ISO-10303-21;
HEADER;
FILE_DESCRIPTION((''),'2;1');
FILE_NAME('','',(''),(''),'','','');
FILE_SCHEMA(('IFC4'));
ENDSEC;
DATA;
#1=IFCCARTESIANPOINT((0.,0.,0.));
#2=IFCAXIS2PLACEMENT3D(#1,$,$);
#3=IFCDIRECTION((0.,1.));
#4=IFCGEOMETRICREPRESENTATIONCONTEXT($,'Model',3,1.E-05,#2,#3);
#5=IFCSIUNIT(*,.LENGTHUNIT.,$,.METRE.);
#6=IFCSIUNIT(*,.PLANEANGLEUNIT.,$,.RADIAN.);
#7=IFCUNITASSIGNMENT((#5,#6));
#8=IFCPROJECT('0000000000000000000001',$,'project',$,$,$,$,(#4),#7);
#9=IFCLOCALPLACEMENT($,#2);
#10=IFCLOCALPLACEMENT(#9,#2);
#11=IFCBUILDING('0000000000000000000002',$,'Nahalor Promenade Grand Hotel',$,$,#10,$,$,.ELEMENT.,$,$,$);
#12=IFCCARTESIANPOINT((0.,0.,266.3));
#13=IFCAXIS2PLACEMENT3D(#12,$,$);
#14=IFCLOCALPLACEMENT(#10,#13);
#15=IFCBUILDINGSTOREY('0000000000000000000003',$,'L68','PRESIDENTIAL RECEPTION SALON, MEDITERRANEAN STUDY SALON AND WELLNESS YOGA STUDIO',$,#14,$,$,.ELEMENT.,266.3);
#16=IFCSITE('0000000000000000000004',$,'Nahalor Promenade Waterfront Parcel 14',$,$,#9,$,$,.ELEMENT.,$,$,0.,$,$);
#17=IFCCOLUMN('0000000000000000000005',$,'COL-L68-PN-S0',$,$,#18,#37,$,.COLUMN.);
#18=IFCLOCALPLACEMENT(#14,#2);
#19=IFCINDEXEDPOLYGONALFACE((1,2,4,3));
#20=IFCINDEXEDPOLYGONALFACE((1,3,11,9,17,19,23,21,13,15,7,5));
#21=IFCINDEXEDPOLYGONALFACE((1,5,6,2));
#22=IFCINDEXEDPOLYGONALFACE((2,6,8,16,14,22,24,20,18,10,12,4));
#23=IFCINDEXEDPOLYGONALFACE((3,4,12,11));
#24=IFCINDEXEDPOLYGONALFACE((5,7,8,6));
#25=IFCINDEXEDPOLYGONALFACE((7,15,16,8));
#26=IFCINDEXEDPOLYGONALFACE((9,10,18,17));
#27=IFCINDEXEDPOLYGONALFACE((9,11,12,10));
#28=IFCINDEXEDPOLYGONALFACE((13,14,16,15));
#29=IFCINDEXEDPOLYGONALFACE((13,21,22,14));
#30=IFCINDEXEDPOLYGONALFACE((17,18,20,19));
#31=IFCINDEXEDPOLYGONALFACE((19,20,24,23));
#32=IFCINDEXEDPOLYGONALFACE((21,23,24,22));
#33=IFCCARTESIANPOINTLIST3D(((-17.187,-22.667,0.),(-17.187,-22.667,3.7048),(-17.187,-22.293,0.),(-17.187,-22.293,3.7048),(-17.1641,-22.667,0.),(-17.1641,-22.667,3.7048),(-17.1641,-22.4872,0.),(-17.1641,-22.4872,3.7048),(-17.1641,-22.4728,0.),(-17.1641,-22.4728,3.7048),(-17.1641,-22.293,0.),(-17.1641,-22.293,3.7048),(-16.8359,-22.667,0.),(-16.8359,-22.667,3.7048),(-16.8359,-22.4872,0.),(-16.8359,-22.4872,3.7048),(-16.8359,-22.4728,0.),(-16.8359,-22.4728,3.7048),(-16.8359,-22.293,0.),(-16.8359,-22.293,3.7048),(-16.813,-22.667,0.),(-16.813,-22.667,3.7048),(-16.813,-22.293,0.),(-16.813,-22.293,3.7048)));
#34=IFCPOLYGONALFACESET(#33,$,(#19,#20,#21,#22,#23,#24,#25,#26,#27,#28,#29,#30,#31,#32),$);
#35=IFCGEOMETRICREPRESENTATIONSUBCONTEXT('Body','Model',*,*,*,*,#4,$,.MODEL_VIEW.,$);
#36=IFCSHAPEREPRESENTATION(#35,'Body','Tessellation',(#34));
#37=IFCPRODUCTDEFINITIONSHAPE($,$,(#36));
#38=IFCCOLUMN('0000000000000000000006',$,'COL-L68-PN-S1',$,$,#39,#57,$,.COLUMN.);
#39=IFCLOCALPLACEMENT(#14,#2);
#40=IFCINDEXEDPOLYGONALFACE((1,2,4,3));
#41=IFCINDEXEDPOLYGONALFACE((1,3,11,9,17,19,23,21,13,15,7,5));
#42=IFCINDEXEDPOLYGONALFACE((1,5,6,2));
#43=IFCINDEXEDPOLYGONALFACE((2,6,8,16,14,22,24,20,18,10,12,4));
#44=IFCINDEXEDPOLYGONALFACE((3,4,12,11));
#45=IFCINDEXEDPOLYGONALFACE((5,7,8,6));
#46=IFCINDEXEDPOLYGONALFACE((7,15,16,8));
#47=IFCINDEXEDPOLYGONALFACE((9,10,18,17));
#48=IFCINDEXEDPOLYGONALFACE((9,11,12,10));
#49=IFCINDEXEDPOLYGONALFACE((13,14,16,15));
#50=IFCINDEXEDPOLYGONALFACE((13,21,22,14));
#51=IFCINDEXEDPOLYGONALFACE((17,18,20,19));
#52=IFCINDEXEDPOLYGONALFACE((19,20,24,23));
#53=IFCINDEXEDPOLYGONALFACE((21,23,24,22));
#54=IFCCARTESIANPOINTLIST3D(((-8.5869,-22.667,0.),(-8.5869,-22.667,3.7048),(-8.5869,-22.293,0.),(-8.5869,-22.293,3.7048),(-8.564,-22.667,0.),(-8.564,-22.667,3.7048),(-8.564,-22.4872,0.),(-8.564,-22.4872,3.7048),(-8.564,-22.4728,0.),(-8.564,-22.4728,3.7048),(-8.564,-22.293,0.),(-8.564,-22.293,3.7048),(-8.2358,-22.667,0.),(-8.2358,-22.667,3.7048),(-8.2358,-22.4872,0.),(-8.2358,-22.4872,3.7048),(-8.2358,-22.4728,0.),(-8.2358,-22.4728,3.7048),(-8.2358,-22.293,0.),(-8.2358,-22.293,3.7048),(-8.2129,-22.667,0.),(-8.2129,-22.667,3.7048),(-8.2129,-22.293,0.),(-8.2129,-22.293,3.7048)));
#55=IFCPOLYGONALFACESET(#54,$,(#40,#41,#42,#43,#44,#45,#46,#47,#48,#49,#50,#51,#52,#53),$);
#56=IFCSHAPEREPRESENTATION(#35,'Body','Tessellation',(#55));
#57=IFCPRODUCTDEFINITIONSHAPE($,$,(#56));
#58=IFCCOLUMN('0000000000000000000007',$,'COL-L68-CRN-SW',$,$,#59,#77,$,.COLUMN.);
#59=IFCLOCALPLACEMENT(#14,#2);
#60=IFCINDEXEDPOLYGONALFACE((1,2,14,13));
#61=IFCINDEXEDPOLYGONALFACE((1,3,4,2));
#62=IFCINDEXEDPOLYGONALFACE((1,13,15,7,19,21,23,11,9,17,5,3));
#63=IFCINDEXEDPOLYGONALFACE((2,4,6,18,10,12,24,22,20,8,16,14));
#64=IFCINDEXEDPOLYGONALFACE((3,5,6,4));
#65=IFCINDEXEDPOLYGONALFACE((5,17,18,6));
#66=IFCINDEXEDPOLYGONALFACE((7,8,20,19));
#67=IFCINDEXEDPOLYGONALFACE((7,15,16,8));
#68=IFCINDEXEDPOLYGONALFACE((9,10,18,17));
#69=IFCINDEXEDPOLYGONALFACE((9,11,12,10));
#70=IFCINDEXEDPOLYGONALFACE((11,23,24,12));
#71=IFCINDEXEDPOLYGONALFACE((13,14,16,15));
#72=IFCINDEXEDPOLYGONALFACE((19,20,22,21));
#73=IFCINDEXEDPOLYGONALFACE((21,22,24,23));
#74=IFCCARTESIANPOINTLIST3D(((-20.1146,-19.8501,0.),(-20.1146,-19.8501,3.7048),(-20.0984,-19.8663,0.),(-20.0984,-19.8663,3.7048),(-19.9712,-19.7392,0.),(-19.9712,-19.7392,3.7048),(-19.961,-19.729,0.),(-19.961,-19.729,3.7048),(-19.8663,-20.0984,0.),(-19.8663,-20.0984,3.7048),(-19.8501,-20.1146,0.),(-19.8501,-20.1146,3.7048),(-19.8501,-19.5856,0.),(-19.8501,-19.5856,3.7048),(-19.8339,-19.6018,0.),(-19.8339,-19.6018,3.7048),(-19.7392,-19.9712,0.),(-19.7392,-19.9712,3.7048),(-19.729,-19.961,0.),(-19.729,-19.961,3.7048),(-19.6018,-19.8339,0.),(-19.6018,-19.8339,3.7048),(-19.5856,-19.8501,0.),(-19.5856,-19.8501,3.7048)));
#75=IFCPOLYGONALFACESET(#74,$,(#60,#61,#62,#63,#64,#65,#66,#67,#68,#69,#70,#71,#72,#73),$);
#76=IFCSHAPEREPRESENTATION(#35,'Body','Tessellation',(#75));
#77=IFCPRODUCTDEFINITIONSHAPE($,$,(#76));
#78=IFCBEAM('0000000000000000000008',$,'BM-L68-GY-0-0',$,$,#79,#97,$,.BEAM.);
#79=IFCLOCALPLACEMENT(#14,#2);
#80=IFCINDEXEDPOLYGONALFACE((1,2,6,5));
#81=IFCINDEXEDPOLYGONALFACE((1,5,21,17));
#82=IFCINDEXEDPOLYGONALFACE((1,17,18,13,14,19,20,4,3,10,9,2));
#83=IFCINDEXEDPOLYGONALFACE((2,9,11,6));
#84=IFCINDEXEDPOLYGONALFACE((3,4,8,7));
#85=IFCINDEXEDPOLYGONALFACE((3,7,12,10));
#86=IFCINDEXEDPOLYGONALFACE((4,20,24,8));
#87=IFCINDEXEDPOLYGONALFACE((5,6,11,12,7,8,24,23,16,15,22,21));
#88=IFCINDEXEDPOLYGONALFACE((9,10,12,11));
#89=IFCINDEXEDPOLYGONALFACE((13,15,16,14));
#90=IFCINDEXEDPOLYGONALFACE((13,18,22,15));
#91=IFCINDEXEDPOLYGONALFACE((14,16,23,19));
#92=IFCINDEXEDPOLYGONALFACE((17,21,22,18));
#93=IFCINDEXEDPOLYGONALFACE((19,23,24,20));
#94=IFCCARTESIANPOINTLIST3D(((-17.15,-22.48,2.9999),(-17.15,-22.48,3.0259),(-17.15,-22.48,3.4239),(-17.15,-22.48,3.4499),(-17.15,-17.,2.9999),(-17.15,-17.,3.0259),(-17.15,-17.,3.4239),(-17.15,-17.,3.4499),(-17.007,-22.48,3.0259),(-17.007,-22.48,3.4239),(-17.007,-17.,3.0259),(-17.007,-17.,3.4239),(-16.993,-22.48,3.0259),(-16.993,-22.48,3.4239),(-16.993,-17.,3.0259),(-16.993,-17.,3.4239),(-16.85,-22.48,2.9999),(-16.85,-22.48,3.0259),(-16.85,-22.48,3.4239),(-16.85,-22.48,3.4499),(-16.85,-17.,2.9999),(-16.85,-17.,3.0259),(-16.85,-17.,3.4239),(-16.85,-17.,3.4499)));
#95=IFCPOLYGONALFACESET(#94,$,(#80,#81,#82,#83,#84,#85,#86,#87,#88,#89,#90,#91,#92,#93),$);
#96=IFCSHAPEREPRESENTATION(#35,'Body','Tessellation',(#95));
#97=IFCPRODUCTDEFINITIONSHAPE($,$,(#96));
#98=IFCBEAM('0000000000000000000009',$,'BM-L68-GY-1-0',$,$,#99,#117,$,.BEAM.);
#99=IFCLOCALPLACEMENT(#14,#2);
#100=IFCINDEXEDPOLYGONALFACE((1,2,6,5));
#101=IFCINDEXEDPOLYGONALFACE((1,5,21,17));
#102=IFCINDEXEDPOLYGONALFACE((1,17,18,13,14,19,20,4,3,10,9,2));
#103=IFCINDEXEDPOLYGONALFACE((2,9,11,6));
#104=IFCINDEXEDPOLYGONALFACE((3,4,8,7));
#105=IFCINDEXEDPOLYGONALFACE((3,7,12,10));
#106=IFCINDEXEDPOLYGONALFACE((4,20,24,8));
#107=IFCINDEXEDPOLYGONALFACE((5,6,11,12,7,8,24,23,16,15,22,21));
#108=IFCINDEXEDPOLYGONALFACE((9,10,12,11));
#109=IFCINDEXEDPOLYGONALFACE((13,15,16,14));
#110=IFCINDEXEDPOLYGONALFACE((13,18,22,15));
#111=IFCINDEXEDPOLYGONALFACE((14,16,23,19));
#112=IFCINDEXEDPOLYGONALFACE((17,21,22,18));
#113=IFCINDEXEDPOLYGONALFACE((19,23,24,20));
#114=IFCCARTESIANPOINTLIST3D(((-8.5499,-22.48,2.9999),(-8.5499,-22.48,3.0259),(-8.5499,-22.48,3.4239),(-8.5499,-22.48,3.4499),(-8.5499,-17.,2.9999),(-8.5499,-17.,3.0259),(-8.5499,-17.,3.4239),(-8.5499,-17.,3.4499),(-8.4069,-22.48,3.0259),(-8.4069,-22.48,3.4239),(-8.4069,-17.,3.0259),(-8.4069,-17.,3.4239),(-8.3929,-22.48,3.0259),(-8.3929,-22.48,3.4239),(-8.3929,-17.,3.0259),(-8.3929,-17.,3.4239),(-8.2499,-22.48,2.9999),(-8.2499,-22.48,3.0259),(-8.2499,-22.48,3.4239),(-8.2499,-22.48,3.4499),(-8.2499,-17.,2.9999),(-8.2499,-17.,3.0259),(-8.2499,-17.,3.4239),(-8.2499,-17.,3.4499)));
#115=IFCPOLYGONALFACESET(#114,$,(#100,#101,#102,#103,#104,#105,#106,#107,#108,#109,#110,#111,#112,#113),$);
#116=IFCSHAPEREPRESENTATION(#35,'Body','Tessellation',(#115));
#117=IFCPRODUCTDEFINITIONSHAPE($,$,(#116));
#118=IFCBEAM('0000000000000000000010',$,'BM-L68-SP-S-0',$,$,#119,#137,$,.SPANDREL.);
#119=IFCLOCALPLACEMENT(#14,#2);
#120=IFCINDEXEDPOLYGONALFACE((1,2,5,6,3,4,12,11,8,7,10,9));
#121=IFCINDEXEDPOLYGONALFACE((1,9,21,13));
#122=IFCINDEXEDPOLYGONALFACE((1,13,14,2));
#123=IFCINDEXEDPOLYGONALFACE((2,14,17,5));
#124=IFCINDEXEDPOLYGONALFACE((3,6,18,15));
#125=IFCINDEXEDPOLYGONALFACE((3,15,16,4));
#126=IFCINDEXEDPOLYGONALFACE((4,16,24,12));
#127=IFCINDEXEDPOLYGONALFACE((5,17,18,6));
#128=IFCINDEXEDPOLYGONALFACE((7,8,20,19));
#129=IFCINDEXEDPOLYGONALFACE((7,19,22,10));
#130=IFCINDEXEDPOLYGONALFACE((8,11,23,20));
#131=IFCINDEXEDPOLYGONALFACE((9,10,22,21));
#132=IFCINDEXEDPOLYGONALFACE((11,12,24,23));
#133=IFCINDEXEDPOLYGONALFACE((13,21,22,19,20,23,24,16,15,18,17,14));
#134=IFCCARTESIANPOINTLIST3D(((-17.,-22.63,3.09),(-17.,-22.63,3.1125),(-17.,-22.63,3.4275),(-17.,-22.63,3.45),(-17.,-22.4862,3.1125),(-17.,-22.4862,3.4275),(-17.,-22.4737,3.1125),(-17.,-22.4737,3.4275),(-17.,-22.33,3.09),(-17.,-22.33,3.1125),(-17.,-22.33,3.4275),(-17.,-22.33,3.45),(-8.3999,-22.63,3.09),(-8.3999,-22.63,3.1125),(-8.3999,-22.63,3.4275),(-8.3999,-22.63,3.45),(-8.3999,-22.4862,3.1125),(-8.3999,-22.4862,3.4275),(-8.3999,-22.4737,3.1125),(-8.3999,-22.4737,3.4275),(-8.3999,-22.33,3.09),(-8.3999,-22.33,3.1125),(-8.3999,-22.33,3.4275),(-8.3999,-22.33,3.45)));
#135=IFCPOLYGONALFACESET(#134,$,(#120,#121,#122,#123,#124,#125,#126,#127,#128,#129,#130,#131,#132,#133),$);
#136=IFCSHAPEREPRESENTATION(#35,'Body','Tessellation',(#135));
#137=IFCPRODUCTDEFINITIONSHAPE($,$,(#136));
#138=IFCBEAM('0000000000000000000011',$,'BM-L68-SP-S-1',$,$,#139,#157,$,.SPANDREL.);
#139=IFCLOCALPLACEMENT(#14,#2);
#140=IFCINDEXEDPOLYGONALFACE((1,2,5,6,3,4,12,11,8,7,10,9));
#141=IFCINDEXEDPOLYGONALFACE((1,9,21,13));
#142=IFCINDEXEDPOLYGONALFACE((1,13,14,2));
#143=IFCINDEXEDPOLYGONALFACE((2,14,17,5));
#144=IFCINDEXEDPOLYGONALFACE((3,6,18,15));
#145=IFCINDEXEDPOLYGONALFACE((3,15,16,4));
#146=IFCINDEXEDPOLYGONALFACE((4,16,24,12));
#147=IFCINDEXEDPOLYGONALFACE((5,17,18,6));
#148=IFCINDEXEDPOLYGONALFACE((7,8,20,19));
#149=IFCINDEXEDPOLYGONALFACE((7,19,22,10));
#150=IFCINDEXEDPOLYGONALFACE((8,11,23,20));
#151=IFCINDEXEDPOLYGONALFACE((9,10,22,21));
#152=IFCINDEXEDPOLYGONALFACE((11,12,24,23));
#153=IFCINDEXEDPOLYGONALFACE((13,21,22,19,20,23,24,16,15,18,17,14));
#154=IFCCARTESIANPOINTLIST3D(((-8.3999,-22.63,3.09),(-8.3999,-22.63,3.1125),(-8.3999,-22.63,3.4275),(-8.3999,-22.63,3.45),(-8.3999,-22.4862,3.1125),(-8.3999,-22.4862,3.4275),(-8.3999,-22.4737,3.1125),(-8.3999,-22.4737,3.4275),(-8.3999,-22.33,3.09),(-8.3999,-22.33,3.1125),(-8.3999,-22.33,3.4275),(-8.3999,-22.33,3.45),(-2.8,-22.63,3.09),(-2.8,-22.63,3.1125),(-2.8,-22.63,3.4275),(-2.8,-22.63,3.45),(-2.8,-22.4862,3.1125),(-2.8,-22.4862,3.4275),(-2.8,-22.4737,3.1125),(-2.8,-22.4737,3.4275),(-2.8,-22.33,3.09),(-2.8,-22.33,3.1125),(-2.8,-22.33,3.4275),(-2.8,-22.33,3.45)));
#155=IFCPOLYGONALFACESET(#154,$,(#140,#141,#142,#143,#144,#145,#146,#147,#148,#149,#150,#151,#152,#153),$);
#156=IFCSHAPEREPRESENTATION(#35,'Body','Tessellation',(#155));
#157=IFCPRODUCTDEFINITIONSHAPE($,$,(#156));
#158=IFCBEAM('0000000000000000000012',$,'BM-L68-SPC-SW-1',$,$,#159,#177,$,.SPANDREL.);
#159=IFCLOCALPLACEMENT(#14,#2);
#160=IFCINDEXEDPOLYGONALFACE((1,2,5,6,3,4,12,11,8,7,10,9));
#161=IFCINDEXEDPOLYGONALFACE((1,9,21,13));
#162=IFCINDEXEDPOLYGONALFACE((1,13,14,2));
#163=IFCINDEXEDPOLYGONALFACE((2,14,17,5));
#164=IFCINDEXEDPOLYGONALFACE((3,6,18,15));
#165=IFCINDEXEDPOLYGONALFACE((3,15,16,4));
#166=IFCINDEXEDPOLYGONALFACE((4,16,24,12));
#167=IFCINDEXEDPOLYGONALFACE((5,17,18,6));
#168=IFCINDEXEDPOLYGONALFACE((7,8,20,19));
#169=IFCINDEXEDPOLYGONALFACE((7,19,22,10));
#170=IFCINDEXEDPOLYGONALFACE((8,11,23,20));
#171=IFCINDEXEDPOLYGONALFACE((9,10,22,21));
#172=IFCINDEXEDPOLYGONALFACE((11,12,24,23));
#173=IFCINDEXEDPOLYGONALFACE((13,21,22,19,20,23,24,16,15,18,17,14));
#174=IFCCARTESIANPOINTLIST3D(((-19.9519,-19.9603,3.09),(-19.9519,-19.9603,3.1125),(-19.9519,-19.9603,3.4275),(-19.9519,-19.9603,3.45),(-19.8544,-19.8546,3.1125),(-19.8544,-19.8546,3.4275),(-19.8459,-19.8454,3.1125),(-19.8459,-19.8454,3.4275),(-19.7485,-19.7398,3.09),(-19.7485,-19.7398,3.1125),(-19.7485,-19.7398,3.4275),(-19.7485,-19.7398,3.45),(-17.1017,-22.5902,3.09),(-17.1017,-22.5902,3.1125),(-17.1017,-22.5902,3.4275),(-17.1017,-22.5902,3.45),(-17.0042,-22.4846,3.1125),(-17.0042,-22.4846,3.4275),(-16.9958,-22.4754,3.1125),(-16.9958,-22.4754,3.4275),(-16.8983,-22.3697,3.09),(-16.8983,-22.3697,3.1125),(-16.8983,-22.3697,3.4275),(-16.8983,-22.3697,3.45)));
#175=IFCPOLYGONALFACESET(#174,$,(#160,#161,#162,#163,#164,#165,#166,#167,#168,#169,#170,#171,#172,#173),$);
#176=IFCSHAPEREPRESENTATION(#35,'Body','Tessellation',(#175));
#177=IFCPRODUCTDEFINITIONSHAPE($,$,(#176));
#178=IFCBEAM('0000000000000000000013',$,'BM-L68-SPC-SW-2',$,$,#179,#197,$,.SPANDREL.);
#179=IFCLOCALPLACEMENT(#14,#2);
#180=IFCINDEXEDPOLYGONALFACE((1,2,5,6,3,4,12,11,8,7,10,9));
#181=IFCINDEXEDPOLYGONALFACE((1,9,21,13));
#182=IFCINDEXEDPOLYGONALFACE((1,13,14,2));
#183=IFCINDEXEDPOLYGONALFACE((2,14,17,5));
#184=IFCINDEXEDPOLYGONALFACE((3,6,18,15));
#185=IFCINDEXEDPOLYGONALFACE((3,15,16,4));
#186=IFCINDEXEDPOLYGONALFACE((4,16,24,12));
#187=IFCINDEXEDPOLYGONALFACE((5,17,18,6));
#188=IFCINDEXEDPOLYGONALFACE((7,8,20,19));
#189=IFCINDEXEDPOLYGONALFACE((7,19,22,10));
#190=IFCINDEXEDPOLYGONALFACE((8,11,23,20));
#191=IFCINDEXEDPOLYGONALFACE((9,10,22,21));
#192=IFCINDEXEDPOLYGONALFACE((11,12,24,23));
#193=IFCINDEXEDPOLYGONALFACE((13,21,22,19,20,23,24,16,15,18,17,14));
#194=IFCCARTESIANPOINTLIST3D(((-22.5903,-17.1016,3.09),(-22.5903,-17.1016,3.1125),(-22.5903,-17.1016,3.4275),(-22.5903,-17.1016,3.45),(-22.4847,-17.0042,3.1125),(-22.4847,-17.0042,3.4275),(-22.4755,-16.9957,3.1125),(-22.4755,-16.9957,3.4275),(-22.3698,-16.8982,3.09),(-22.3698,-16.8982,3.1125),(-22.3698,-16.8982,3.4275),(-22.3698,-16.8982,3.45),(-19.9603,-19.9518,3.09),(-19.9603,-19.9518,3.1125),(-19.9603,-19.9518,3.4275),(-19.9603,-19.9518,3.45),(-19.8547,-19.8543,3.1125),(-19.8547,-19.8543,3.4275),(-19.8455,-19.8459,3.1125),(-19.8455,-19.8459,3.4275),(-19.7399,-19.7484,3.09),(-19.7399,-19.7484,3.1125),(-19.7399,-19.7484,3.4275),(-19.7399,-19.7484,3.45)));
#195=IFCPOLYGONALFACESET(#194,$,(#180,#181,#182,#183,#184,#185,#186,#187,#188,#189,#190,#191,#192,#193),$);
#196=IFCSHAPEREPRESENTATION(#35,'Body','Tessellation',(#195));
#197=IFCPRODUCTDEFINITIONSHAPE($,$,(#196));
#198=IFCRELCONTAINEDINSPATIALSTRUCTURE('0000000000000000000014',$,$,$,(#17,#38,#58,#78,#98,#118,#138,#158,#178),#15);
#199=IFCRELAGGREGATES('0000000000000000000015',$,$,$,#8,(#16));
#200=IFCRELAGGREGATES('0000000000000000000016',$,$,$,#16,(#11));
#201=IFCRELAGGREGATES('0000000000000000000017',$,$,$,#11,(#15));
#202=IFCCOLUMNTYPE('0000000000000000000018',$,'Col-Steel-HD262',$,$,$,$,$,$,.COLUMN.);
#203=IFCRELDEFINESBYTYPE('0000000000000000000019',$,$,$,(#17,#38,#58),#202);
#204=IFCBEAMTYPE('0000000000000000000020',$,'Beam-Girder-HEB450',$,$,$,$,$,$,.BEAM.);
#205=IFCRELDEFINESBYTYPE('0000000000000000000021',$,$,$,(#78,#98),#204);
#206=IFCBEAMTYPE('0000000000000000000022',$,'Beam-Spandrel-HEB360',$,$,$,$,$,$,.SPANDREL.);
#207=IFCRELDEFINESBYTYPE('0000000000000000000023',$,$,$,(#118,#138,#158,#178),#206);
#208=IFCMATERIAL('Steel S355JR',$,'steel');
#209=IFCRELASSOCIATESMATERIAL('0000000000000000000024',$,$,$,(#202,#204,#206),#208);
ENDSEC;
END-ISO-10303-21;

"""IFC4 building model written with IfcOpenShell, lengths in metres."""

from ifc_helpers import new_model, si_unit, direction, frame, origin, origin_2d, place, context, subcontext, project, spatial, i_section, extrude, source, transform, mapped, material, material_profile, profile_set, type_object, element, save


model = new_model("IFC4")

# Units and contexts
model_context = context("Model", 3, precision=1e-05, world=origin(), true_north=direction((0.0, 1.0)))
body_context = subcontext(model_context, "Body", "Model", "MODEL_VIEW")
ifc_project = project(units=[si_unit("LENGTHUNIT", "METRE"), si_unit("PLANEANGLEUNIT", "RADIAN")], contexts=[model_context])

# Site, building, storey
site_placement = place(None, origin())
site = spatial("IfcSite", under=ifc_project, at=site_placement, Name="Nahalor Promenade Waterfront Parcel 14", CompositionType="ELEMENT", RefElevation=0.0)
building_placement = place(site_placement, origin())
building = spatial("IfcBuilding", under=site, at=building_placement, Name="Nahalor Promenade Grand Hotel", CompositionType="ELEMENT")
storey_placement = place(building_placement, frame((0.0, 0.0, 266.3)))
storey = spatial("IfcBuildingStorey", under=building, at=storey_placement, Name="L68", Description="PRESIDENTIAL RECEPTION SALON, MEDITERRANEAN STUDY SALON AND WELLNESS YOGA STUDIO", CompositionType="ELEMENT", Elevation=266.3)

# Columns
ifc_material_1 = material(Name="Steel S355JR", Category="steel")
ifc_material_profile_1 = material_profile(ifc_material_1, i_section(OverallWidth=0.374, OverallDepth=0.374, WebThickness=0.0144, FlangeThickness=0.0229, at=origin_2d()), Name="HD 360x262")
ifc_profile_set_1 = profile_set([ifc_material_profile_1], Name="Steel S355JR")
column_type = type_object("IfcColumnType", Name="Col-Steel-HD262", PredefinedType="COLUMN", material=ifc_profile_set_1)
shared_shape_1 = source(origin(), body_context, "Body", "SweptSolid", [
    extrude(i_section(OverallWidth=0.374, OverallDepth=0.374, WebThickness=0.0144, FlangeThickness=0.0229, at=origin_2d()), origin(), (0.0, 0.0, 1.0), 3.7048),
])
for number, where, z_axis, x_axis, name in (
    (1, (-17.0, -22.48, 0.0), (0.0, 0.0, 1.0), (0.0, 1.0, 0.0), "COL-L68-PN-S0"),
    (2, (-8.3999, -22.48, 0.0), (0.0, 0.0, 1.0), (0.0, 1.0, 0.0), "COL-L68-PN-S1"),
    (3, (-19.8501, -19.8501, 0.0), (0.0, 0.0, 1.0), (0.707107, 0.707107, 0.0), "COL-L68-CRN-SW"),
):
    element("IfcColumn", number, at=place(storey_placement, frame(where, z_axis=z_axis, x_axis=x_axis)), inside=storey, type_object=column_type, Name=name, PredefinedType="COLUMN", context=body_context, shape_type="MappedRepresentation", body=[
        mapped(shared_shape_1, transform((0.0, 0.0, 0.0), scale=1.0)),
    ])

# Beams
ifc_material_profile_2 = material_profile(ifc_material_1, i_section(OverallWidth=0.3, OverallDepth=0.45, WebThickness=0.014, FlangeThickness=0.026, at=origin_2d()), Name="HEB 450")
ifc_profile_set_2 = profile_set([ifc_material_profile_2], Name="Steel S355JR")
beam_type_1 = type_object("IfcBeamType", Name="Beam-Girder-HEB450", PredefinedType="BEAM", material=ifc_profile_set_2)
shared_shape_2 = source(origin(), body_context, "Body", "SweptSolid", [
    extrude(i_section(OverallWidth=0.3, OverallDepth=0.45, WebThickness=0.014, FlangeThickness=0.026, at=origin_2d()), origin(), (0.0, 0.0, 1.0), 5.48),
])
for number, where, z_axis, x_axis, name in (
    (4, (-17.0, -22.48, 3.2249), (0.0, 1.0, 0.0), (-1.0, 0.0, 0.0), "BM-L68-GY-0-0"),
    (5, (-8.3999, -22.48, 3.2249), (0.0, 1.0, 0.0), (-1.0, 0.0, 0.0), "BM-L68-GY-1-0"),
):
    element("IfcBeam", number, at=place(storey_placement, frame(where, z_axis=z_axis, x_axis=x_axis)), inside=storey, type_object=beam_type_1, Name=name, PredefinedType="BEAM", context=body_context, shape_type="MappedRepresentation", body=[
        mapped(shared_shape_2, transform((0.0, 0.0, 0.0), scale=1.0)),
    ])
ifc_material_profile_3 = material_profile(ifc_material_1, i_section(OverallWidth=0.3, OverallDepth=0.36, WebThickness=0.0125, FlangeThickness=0.0225, at=origin_2d()), Name="HEB 360")
ifc_profile_set_3 = profile_set([ifc_material_profile_3], Name="Steel S355JR")
beam_type_2 = type_object("IfcBeamType", Name="Beam-Spandrel-HEB360", PredefinedType="SPANDREL", material=ifc_profile_set_3)
shared_shape_3 = source(origin(), body_context, "Body", "SweptSolid", [
    extrude(i_section(OverallWidth=0.3, OverallDepth=0.36, WebThickness=0.0125, FlangeThickness=0.0225, at=origin_2d()), origin(), (0.0, 0.0, 1.0), 8.6001),
])
beam_1_placement = place(storey_placement, frame((-17.0, -22.48, 3.27), z_axis=(1.0, 0.0, 0.0), x_axis=(0.0, 1.0, 0.0)))
element("IfcBeam", 6, at=beam_1_placement, inside=storey, type_object=beam_type_2, Name="BM-L68-SP-S-0", PredefinedType="SPANDREL", context=body_context, shape_type="MappedRepresentation", body=[
    mapped(shared_shape_3, transform((0.0, 0.0, 0.0), scale=1.0)),
])
shared_shape_4 = source(origin(), body_context, "Body", "SweptSolid", [
    extrude(i_section(OverallWidth=0.3, OverallDepth=0.36, WebThickness=0.0125, FlangeThickness=0.0225, at=origin_2d()), origin(), (0.0, 0.0, 1.0), 5.5999),
])
beam_2_placement = place(storey_placement, frame((-8.3999, -22.48, 3.27), z_axis=(1.0, 0.0, 0.0), x_axis=(0.0, 1.0, 0.0)))
element("IfcBeam", 7, at=beam_2_placement, inside=storey, type_object=beam_type_2, Name="BM-L68-SP-S-1", PredefinedType="SPANDREL", context=body_context, shape_type="MappedRepresentation", body=[
    mapped(shared_shape_4, transform((0.0, 0.0, 0.0), scale=1.0)),
])
shared_shape_5 = source(origin(), body_context, "Body", "SweptSolid", [
    extrude(i_section(OverallWidth=0.3, OverallDepth=0.36, WebThickness=0.0125, FlangeThickness=0.0225, at=origin_2d()), origin(), (0.0, 0.0, 1.0), 3.8782),
])
for number, where, z_axis, x_axis, name in (
    (8, (-17.0, -22.48, 3.27), (-0.734929, 0.678144, 0.0), (-0.678144, -0.734929, 0.0), "BM-L68-SPC-SW-1"),
    (9, (-19.8501, -19.8501, 3.27), (-0.678144, 0.734929, 0.0), (-0.734929, -0.678144, 0.0), "BM-L68-SPC-SW-2"),
):
    element("IfcBeam", number, at=place(storey_placement, frame(where, z_axis=z_axis, x_axis=x_axis)), inside=storey, type_object=beam_type_2, Name=name, PredefinedType="SPANDREL", context=body_context, shape_type="MappedRepresentation", body=[
        mapped(shared_shape_5, transform((0.0, 0.0, 0.0), scale=1.0)),
    ])

save(model, "model.ifc")
